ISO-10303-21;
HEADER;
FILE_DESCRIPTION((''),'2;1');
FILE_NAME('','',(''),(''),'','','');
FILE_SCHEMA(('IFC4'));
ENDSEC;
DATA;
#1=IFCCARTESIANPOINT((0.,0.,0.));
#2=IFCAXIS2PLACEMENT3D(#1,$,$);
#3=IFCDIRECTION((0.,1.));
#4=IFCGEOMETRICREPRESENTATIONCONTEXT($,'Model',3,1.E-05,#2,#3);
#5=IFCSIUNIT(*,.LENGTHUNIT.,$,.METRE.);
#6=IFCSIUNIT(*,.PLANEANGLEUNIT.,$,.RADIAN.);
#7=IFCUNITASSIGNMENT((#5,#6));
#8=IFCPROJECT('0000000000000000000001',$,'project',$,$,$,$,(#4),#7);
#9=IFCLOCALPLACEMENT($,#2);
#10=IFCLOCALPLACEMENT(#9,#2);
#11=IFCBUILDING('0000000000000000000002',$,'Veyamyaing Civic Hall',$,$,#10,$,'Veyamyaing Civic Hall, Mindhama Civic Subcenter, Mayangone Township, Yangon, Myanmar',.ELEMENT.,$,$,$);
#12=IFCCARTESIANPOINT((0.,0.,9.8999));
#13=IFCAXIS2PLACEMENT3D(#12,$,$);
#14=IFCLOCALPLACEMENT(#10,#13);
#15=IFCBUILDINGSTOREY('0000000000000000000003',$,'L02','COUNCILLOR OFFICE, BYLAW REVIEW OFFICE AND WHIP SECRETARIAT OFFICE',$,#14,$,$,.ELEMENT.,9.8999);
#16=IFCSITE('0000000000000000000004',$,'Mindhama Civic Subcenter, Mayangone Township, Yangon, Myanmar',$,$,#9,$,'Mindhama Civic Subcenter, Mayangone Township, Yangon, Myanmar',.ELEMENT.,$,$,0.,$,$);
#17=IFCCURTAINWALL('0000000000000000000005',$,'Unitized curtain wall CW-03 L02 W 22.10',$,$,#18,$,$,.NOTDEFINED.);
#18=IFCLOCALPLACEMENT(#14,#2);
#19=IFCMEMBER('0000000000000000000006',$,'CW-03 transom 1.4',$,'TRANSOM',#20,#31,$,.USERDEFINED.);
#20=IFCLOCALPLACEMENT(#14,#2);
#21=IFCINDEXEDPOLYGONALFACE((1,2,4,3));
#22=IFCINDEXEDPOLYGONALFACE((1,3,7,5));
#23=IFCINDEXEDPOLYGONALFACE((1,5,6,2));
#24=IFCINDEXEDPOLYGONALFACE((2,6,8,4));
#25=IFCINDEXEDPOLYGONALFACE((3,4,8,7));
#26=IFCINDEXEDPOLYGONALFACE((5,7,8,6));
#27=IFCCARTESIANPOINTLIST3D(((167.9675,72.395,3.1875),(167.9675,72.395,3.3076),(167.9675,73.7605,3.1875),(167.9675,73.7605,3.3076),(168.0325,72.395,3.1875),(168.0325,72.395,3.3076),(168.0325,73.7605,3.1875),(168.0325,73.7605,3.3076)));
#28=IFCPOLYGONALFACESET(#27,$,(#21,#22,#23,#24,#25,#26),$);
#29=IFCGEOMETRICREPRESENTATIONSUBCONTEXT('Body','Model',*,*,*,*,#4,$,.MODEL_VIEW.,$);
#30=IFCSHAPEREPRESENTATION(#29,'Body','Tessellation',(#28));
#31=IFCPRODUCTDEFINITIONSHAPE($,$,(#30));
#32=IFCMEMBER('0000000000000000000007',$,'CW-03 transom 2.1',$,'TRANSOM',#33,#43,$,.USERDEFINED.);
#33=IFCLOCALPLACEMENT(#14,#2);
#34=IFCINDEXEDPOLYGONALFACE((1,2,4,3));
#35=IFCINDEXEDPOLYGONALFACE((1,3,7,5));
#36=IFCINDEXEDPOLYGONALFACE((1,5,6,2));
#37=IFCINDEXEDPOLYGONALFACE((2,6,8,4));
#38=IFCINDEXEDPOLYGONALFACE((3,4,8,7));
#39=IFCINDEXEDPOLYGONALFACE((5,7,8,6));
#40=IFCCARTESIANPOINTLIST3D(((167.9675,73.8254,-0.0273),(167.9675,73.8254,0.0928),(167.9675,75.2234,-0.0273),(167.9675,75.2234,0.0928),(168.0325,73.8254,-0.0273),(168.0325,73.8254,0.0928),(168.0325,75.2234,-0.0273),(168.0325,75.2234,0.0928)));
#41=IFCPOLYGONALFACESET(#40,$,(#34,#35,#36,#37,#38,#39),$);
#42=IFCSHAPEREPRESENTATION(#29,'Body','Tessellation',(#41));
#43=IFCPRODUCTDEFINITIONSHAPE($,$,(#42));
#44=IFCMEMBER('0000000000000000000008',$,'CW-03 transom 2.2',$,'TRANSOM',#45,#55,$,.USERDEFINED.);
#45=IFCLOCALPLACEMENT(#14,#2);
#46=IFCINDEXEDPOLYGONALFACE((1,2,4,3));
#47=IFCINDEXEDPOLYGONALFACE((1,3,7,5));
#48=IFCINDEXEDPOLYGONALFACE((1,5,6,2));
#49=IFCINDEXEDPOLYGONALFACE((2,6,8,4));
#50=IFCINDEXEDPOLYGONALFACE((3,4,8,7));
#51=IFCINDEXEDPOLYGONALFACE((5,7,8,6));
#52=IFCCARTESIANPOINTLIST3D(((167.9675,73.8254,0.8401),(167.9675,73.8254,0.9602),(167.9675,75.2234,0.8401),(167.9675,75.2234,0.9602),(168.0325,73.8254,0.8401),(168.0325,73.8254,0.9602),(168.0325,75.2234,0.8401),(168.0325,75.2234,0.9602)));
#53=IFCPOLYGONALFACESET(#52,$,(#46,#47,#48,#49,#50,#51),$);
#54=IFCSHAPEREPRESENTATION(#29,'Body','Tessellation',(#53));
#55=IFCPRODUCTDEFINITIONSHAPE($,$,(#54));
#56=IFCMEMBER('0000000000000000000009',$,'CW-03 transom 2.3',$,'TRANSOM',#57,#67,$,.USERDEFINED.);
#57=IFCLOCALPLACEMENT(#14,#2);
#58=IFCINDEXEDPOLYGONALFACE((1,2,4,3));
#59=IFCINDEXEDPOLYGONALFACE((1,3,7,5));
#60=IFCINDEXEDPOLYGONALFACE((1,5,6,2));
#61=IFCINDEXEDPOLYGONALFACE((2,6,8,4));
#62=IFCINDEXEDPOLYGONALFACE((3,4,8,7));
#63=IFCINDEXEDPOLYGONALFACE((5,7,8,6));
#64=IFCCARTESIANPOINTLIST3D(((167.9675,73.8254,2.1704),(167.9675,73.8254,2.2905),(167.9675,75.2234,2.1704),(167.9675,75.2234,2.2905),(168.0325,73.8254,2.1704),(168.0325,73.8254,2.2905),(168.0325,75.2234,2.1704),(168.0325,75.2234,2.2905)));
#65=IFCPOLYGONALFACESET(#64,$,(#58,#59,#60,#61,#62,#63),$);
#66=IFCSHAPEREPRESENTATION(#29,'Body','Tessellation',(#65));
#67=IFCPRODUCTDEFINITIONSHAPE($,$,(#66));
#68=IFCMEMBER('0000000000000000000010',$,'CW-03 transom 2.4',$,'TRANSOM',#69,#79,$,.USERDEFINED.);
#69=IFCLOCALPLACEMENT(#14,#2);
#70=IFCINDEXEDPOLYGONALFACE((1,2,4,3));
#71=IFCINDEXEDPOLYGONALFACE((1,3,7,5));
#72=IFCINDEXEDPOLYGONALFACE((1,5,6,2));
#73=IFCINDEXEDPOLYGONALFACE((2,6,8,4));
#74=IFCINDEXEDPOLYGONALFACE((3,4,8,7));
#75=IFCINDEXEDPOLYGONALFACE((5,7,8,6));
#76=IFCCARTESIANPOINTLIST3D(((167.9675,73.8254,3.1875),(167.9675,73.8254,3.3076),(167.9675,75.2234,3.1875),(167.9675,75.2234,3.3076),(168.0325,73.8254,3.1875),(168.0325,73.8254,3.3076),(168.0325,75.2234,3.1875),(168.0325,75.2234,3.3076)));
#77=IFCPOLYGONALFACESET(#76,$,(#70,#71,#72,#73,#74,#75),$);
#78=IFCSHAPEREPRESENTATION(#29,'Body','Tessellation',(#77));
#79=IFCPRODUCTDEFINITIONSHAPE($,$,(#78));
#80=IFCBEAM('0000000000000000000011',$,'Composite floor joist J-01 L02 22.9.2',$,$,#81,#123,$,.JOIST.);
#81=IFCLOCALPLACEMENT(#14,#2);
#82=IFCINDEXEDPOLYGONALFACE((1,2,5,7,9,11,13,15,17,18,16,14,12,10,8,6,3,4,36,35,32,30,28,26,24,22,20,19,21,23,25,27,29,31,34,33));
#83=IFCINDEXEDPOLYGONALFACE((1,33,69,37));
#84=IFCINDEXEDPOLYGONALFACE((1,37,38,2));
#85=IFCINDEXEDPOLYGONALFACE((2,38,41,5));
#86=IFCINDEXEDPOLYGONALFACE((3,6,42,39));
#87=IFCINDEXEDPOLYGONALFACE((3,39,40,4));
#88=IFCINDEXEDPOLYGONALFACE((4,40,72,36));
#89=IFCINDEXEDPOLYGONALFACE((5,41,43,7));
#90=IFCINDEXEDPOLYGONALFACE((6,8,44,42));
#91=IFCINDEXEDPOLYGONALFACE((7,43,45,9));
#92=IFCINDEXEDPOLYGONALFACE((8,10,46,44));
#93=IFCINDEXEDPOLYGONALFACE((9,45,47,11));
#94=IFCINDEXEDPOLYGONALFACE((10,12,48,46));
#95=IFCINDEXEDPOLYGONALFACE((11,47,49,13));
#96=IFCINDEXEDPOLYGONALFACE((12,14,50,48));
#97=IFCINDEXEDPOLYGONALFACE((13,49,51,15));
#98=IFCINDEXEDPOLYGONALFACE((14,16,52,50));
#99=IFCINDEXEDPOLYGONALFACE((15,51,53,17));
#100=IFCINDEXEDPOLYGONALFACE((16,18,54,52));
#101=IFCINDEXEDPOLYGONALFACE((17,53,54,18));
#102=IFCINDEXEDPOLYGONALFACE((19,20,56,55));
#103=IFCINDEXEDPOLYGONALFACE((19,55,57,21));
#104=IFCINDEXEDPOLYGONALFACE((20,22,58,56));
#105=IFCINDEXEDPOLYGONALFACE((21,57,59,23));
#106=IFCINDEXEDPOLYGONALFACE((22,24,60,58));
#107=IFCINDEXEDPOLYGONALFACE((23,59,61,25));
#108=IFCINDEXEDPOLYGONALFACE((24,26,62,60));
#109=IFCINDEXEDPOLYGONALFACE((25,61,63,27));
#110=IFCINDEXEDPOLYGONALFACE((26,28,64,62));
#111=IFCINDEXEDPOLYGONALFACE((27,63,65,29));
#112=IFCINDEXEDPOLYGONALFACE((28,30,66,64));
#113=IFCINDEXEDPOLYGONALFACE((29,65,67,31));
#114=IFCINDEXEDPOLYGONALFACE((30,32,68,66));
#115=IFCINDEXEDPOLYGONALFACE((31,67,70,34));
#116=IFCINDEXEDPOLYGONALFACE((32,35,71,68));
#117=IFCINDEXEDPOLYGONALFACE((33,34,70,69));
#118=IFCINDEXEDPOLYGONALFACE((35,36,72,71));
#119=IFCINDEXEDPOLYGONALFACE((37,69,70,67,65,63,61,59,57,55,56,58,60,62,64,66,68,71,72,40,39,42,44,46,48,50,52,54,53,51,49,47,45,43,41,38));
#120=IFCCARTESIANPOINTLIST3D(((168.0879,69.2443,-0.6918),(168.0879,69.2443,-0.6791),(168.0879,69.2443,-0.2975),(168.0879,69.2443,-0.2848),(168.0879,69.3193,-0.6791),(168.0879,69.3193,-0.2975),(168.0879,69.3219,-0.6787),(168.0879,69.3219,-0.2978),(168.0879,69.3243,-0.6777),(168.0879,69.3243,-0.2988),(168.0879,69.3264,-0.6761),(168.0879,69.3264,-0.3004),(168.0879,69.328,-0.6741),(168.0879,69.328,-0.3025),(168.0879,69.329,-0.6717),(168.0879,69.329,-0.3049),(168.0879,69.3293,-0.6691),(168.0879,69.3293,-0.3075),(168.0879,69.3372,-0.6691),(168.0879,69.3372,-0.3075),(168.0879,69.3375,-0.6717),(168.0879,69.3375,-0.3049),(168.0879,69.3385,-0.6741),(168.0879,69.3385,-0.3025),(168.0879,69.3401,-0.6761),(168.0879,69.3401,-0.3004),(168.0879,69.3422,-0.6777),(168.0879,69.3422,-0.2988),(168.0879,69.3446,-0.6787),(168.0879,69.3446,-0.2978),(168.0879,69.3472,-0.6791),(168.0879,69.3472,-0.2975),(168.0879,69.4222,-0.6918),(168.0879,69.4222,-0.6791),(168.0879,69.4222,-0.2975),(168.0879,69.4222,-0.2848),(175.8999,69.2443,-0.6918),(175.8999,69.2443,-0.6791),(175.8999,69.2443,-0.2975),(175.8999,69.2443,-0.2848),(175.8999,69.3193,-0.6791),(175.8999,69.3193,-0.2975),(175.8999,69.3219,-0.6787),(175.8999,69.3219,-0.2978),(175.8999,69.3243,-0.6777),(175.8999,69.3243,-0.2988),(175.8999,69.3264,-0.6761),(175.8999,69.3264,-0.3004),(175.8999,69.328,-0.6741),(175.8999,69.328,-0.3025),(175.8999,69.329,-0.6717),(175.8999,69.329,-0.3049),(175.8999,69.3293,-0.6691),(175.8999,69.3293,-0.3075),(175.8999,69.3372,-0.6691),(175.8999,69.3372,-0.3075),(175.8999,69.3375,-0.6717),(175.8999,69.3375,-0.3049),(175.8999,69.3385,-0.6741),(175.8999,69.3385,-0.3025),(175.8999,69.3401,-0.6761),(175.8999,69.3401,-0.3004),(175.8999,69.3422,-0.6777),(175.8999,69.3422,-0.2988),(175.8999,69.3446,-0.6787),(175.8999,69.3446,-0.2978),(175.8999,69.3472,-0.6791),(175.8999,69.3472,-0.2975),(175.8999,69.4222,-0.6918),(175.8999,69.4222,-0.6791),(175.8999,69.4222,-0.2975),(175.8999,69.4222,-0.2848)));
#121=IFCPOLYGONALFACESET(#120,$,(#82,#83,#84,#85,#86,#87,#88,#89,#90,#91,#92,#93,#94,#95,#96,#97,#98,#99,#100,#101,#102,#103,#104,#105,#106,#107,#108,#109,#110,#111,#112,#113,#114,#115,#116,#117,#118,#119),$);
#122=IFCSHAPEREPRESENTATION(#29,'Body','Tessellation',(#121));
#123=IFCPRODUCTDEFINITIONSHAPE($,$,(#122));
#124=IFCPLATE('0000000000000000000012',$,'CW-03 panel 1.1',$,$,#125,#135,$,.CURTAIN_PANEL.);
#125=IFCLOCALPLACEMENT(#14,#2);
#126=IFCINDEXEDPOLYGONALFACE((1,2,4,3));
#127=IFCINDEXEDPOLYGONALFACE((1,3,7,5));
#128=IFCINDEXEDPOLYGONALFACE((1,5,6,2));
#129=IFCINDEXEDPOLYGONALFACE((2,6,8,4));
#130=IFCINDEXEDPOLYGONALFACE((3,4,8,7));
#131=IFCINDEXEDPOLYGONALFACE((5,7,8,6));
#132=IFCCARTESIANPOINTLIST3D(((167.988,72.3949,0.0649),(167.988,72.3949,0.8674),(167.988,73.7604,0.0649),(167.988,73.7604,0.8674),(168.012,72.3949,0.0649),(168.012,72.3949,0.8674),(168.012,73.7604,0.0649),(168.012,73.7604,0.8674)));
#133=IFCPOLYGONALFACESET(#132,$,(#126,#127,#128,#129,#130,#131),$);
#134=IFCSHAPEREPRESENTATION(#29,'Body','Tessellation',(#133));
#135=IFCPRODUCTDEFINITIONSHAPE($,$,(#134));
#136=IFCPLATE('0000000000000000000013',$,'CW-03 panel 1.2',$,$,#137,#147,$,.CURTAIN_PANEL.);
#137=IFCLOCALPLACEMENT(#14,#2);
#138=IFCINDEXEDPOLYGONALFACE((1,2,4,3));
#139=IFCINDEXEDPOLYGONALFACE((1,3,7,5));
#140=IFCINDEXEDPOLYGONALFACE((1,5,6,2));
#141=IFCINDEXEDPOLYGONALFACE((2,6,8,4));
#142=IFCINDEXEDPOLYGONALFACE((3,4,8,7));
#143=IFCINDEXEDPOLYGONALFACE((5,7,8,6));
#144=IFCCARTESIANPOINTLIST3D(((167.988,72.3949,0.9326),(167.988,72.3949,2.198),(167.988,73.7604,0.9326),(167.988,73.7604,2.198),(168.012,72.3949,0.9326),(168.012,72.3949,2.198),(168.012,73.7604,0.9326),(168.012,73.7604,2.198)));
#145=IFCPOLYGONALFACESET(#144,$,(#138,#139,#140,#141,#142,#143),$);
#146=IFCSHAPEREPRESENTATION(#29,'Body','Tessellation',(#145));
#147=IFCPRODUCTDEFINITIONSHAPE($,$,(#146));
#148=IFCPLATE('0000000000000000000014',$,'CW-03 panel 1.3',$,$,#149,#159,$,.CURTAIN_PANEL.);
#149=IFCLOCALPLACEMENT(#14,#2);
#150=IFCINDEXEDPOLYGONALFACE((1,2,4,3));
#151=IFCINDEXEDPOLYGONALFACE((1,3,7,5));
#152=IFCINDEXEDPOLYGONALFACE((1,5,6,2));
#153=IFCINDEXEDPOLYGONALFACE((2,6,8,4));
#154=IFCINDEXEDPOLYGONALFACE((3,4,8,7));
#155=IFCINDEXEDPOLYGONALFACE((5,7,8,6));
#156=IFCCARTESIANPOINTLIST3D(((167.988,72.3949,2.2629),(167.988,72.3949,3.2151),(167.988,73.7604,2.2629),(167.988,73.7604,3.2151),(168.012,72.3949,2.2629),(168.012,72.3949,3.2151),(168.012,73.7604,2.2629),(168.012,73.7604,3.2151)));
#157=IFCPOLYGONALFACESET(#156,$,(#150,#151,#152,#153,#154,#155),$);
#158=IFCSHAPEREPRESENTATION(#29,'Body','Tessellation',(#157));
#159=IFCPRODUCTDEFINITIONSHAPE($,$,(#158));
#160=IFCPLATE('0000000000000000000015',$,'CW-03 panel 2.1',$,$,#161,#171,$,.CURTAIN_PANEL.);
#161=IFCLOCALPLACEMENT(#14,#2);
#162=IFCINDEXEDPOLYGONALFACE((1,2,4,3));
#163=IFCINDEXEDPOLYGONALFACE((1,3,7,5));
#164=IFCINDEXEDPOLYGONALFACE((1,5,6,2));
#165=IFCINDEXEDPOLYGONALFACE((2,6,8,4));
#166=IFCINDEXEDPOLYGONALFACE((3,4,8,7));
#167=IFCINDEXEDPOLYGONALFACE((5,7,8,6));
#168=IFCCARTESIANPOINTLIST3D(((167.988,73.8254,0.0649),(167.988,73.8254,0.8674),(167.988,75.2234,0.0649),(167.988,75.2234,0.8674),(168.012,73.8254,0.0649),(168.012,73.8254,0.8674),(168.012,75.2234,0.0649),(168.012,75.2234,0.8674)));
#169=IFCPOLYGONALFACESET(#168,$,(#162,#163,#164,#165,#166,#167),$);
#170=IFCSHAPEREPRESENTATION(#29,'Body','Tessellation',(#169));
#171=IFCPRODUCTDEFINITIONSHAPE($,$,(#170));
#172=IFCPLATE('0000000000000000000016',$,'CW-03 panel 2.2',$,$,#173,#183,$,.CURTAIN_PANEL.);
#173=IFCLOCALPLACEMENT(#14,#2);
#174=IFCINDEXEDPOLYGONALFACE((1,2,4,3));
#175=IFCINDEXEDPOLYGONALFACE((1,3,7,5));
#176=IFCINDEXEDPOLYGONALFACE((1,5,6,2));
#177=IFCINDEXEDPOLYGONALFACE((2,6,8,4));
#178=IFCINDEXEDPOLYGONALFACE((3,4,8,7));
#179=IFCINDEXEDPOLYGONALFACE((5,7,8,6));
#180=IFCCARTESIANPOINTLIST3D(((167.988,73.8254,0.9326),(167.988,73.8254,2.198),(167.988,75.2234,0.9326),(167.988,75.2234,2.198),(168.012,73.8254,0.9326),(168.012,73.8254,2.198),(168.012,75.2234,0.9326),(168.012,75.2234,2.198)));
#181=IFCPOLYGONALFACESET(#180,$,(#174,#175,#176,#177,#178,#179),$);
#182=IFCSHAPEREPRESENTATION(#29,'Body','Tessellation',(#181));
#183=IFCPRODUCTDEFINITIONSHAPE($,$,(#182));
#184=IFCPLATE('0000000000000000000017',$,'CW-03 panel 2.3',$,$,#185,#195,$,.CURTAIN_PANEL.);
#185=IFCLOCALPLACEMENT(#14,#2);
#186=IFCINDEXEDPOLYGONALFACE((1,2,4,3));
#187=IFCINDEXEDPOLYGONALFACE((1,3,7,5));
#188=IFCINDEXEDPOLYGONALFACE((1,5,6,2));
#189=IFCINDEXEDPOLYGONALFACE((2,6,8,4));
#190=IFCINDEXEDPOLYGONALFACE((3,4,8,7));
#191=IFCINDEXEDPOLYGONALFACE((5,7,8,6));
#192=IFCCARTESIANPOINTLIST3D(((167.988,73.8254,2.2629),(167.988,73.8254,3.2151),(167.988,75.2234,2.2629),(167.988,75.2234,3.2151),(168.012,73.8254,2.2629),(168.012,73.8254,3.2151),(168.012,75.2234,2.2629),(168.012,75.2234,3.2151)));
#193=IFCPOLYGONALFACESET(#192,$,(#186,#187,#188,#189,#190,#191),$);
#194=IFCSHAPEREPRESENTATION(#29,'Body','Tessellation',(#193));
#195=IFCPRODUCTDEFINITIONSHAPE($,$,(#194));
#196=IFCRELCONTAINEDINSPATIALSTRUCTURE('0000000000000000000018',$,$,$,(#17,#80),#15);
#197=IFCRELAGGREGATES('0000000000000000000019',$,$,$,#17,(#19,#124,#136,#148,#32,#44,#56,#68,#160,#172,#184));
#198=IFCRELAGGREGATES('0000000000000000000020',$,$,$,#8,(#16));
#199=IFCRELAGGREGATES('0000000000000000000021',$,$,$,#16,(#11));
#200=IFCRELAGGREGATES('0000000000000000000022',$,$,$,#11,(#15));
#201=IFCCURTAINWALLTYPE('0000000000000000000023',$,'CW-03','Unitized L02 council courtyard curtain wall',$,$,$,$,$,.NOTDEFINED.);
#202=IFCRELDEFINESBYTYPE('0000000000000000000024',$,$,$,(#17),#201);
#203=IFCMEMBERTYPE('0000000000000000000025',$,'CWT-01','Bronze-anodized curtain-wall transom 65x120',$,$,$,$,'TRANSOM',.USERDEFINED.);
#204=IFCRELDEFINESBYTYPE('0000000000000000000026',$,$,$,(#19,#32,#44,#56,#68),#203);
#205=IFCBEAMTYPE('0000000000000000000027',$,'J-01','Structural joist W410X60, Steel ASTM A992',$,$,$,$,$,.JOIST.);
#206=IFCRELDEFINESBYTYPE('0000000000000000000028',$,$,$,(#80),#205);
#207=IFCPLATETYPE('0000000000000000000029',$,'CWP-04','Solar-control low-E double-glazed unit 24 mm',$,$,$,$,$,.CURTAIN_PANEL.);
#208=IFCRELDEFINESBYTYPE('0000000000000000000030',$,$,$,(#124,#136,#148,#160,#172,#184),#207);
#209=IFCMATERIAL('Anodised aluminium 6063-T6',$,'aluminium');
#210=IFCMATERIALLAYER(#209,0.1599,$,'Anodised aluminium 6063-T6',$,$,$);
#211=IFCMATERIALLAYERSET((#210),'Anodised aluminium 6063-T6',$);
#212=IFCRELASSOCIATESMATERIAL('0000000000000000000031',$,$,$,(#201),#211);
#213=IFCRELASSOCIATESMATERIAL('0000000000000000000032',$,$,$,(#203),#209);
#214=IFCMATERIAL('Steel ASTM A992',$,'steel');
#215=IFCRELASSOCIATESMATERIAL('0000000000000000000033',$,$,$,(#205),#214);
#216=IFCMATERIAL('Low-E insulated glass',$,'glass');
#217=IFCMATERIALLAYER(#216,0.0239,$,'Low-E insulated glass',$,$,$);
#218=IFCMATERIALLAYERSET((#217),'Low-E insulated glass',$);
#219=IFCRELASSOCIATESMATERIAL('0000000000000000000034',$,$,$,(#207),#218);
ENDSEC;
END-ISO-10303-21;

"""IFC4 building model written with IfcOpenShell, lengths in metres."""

from ifc_helpers import new_model, si_unit, direction, frame, origin, origin_2d, place, context, subcontext, project, spatial, rectangle, i_section, extrude, material, layer, layer_set, material_profile, profile_set, type_object, element, aggregate, save


model = new_model("IFC4")

# Units and contexts
model_context = context("Model", 3, precision=1e-05, world=origin(), true_north=direction((0.0, 1.0)))
body_context = subcontext(model_context, "Body", "Model", "MODEL_VIEW")
ifc_project = project(units=[si_unit("LENGTHUNIT", "METRE"), si_unit("PLANEANGLEUNIT", "RADIAN")], contexts=[model_context])

# Site, building, storey
site_placement = place(None, origin())
site = spatial("IfcSite", under=ifc_project, at=site_placement, Name="Mindhama Civic Subcenter, Mayangone Township, Yangon, Myanmar", LongName="Mindhama Civic Subcenter, Mayangone Township, Yangon, Myanmar", CompositionType="ELEMENT", RefElevation=0.0)
building_placement = place(site_placement, origin())
building = spatial("IfcBuilding", under=site, at=building_placement, Name="Veyamyaing Civic Hall", LongName="Veyamyaing Civic Hall, Mindhama Civic Subcenter, Mayangone Township, Yangon, Myanmar", CompositionType="ELEMENT")
storey_placement = place(building_placement, frame((0.0, 0.0, 9.8999)))
storey = spatial("IfcBuildingStorey", under=building, at=storey_placement, Name="L02", Description="COUNCILLOR OFFICE, BYLAW REVIEW OFFICE AND WHIP SECRETARIAT OFFICE", CompositionType="ELEMENT", Elevation=9.8999)

# Shared definitions
ifc_material_1 = material(Name="Steel ASTM A992", Category="steel")

# Curtain wall, members
ifc_material_2 = material(Name="Anodised aluminium 6063-T6", Category="aluminium")
ifc_layer_1 = layer(ifc_material_2, 0.1599, Name="Anodised aluminium 6063-T6")
ifc_layer_set_1 = layer_set([ifc_layer_1], Name="Anodised aluminium 6063-T6")
curtain_wall_type = type_object("IfcCurtainWallType", Name="CW-03", Description="Unitized L02 council courtyard curtain wall", PredefinedType="NOTDEFINED", material=ifc_layer_set_1)
curtain_wall_placement = place(storey_placement, origin())
curtain_wall = element("IfcCurtainWall", 1, at=curtain_wall_placement, inside=storey, type_object=curtain_wall_type, Name="Unitized curtain wall CW-03 L02 W 22.10", PredefinedType="NOTDEFINED")
ifc_material_profile_1 = material_profile(ifc_material_2, rectangle(XDim=0.0649, YDim=0.1201, at=origin_2d()), Name="ALU-TRN-65X120")
ifc_profile_set_1 = profile_set([ifc_material_profile_1], Name="Anodised aluminium 6063-T6")
member_type_1 = type_object("IfcMemberType", Name="CWT-01", Description="Bronze-anodized curtain-wall transom 65x120", ElementType="TRANSOM", PredefinedType="USERDEFINED", material=ifc_profile_set_1)
member_1_placement = place(storey_placement, frame((168.0, 72.395, 3.2476), z_axis=(0.0, 1.0, 0.0), x_axis=(-1.0, 0.0, 0.0)))
member_1 = element("IfcMember", 2, at=member_1_placement, type_object=member_type_1, Name="CW-03 transom 1.4", ObjectType="TRANSOM", PredefinedType="USERDEFINED", context=body_context, shape_type="SweptSolid", body=[
    extrude(rectangle(XDim=0.0649, YDim=0.1201, at=origin_2d()), origin(), (0.0, 0.0, 1.0), 1.3655),
])
member_2_placement = place(storey_placement, frame((168.0, 73.8254, 0.0327), z_axis=(0.0, 1.0, 0.0), x_axis=(-1.0, 0.0, 0.0)))
member_2 = element("IfcMember", 3, at=member_2_placement, type_object=member_type_1, Name="CW-03 transom 2.1", ObjectType="TRANSOM", PredefinedType="USERDEFINED", context=body_context, shape_type="SweptSolid", body=[
    extrude(rectangle(XDim=0.0649, YDim=0.1201, at=origin_2d()), origin(), (0.0, 0.0, 1.0), 1.3979),
])
member_3_placement = place(storey_placement, frame((168.0, 73.8254, 0.9001), z_axis=(0.0, 1.0, 0.0), x_axis=(-1.0, 0.0, 0.0)))
member_3 = element("IfcMember", 4, at=member_3_placement, type_object=member_type_1, Name="CW-03 transom 2.2", ObjectType="TRANSOM", PredefinedType="USERDEFINED", context=body_context, shape_type="SweptSolid", body=[
    extrude(rectangle(XDim=0.0649, YDim=0.1201, at=origin_2d()), origin(), (0.0, 0.0, 1.0), 1.3979),
])
member_4_placement = place(storey_placement, frame((168.0, 73.8254, 2.2305), z_axis=(0.0, 1.0, 0.0), x_axis=(-1.0, 0.0, 0.0)))
member_4 = element("IfcMember", 5, at=member_4_placement, type_object=member_type_1, Name="CW-03 transom 2.3", ObjectType="TRANSOM", PredefinedType="USERDEFINED", context=body_context, shape_type="SweptSolid", body=[
    extrude(rectangle(XDim=0.0649, YDim=0.1201, at=origin_2d()), origin(), (0.0, 0.0, 1.0), 1.3979),
])
member_5_placement = place(storey_placement, frame((168.0, 73.8254, 3.2476), z_axis=(0.0, 1.0, 0.0), x_axis=(-1.0, 0.0, 0.0)))
member_5 = element("IfcMember", 6, at=member_5_placement, type_object=member_type_1, Name="CW-03 transom 2.4", ObjectType="TRANSOM", PredefinedType="USERDEFINED", context=body_context, shape_type="SweptSolid", body=[
    extrude(rectangle(XDim=0.0649, YDim=0.1201, at=origin_2d()), origin(), (0.0, 0.0, 1.0), 1.3979),
])

# Beam
ifc_material_profile_2 = material_profile(ifc_material_1, i_section(OverallWidth=0.178, OverallDepth=0.407, WebThickness=0.0078, FlangeThickness=0.0127, FilletRadius=0.01, at=origin_2d()), Name="W410X60")
ifc_profile_set_2 = profile_set([ifc_material_profile_2], Name="Steel ASTM A992")
beam_type_1 = type_object("IfcBeamType", Name="J-01", Description="Structural joist W410X60, Steel ASTM A992", PredefinedType="JOIST", material=ifc_profile_set_2)
beam_1_placement = place(storey_placement, frame((168.0879, 69.3333, -0.4883), z_axis=(1.0, 0.0, 0.0), x_axis=(0.0, 1.0, 0.0)))
element("IfcBeam", 7, at=beam_1_placement, inside=storey, type_object=beam_type_1, Name="Composite floor joist J-01 L02 22.9.2", PredefinedType="JOIST", context=body_context, shape_type="SweptSolid", body=[
    extrude(i_section(OverallWidth=0.178, OverallDepth=0.407, WebThickness=0.0078, FlangeThickness=0.0127, FilletRadius=0.01, at=origin_2d()), origin(), (0.0, 0.0, 1.0), 7.812),
])

# Plates
ifc_material_3 = material(Name="Low-E insulated glass", Category="glass")
ifc_layer_2 = layer(ifc_material_3, 0.0239, Name="Low-E insulated glass")
ifc_layer_set_2 = layer_set([ifc_layer_2], Name="Low-E insulated glass")
plate_type = type_object("IfcPlateType", Name="CWP-04", Description="Solar-control low-E double-glazed unit 24 mm", PredefinedType="CURTAIN_PANEL", material=ifc_layer_set_2)
plate_1_placement = place(storey_placement, frame((168.0, 73.0776, 0.0649), z_axis=(0.0, 0.0, 1.0), x_axis=(0.0, 1.0, 0.0)))
plate_1 = element("IfcPlate", 8, at=plate_1_placement, type_object=plate_type, Name="CW-03 panel 1.1", PredefinedType="CURTAIN_PANEL", context=body_context, shape_type="SweptSolid", body=[
    extrude(rectangle(XDim=1.3655, YDim=0.0239, at=origin_2d()), origin(), (0.0, 0.0, 1.0), 0.8025),
])
plate_2_placement = place(storey_placement, frame((168.0, 73.0776, 0.9326), z_axis=(0.0, 0.0, 1.0), x_axis=(0.0, 1.0, 0.0)))
plate_2 = element("IfcPlate", 9, at=plate_2_placement, type_object=plate_type, Name="CW-03 panel 1.2", PredefinedType="CURTAIN_PANEL", context=body_context, shape_type="SweptSolid", body=[
    extrude(rectangle(XDim=1.3655, YDim=0.0239, at=origin_2d()), origin(), (0.0, 0.0, 1.0), 1.2654),
])
plate_3_placement = place(storey_placement, frame((168.0, 73.0776, 2.2629), z_axis=(0.0, 0.0, 1.0), x_axis=(0.0, 1.0, 0.0)))
plate_3 = element("IfcPlate", 10, at=plate_3_placement, type_object=plate_type, Name="CW-03 panel 1.3", PredefinedType="CURTAIN_PANEL", context=body_context, shape_type="SweptSolid", body=[
    extrude(rectangle(XDim=1.3655, YDim=0.0239, at=origin_2d()), origin(), (0.0, 0.0, 1.0), 0.9521),
])
plate_4_placement = place(storey_placement, frame((168.0, 74.5244, 0.0649), z_axis=(0.0, 0.0, 1.0), x_axis=(0.0, 1.0, 0.0)))
plate_4 = element("IfcPlate", 11, at=plate_4_placement, type_object=plate_type, Name="CW-03 panel 2.1", PredefinedType="CURTAIN_PANEL", context=body_context, shape_type="SweptSolid", body=[
    extrude(rectangle(XDim=1.3979, YDim=0.0239, at=origin_2d()), origin(), (0.0, 0.0, 1.0), 0.8025),
])
plate_5_placement = place(storey_placement, frame((168.0, 74.5244, 0.9326), z_axis=(0.0, 0.0, 1.0), x_axis=(0.0, 1.0, 0.0)))
plate_5 = element("IfcPlate", 12, at=plate_5_placement, type_object=plate_type, Name="CW-03 panel 2.2", PredefinedType="CURTAIN_PANEL", context=body_context, shape_type="SweptSolid", body=[
    extrude(rectangle(XDim=1.3979, YDim=0.0239, at=origin_2d()), origin(), (0.0, 0.0, 1.0), 1.2654),
])
plate_6_placement = place(storey_placement, frame((168.0, 74.5244, 2.2629), z_axis=(0.0, 0.0, 1.0), x_axis=(0.0, 1.0, 0.0)))
plate_6 = element("IfcPlate", 13, at=plate_6_placement, type_object=plate_type, Name="CW-03 panel 2.3", PredefinedType="CURTAIN_PANEL", context=body_context, shape_type="SweptSolid", body=[
    extrude(rectangle(XDim=1.3979, YDim=0.0239, at=origin_2d()), origin(), (0.0, 0.0, 1.0), 0.9521),
])
aggregate(curtain_wall, [member_1, plate_1, plate_2, plate_3, member_2, member_3, member_4, member_5, plate_4, plate_5, plate_6])

save(model, "model.ifc")
